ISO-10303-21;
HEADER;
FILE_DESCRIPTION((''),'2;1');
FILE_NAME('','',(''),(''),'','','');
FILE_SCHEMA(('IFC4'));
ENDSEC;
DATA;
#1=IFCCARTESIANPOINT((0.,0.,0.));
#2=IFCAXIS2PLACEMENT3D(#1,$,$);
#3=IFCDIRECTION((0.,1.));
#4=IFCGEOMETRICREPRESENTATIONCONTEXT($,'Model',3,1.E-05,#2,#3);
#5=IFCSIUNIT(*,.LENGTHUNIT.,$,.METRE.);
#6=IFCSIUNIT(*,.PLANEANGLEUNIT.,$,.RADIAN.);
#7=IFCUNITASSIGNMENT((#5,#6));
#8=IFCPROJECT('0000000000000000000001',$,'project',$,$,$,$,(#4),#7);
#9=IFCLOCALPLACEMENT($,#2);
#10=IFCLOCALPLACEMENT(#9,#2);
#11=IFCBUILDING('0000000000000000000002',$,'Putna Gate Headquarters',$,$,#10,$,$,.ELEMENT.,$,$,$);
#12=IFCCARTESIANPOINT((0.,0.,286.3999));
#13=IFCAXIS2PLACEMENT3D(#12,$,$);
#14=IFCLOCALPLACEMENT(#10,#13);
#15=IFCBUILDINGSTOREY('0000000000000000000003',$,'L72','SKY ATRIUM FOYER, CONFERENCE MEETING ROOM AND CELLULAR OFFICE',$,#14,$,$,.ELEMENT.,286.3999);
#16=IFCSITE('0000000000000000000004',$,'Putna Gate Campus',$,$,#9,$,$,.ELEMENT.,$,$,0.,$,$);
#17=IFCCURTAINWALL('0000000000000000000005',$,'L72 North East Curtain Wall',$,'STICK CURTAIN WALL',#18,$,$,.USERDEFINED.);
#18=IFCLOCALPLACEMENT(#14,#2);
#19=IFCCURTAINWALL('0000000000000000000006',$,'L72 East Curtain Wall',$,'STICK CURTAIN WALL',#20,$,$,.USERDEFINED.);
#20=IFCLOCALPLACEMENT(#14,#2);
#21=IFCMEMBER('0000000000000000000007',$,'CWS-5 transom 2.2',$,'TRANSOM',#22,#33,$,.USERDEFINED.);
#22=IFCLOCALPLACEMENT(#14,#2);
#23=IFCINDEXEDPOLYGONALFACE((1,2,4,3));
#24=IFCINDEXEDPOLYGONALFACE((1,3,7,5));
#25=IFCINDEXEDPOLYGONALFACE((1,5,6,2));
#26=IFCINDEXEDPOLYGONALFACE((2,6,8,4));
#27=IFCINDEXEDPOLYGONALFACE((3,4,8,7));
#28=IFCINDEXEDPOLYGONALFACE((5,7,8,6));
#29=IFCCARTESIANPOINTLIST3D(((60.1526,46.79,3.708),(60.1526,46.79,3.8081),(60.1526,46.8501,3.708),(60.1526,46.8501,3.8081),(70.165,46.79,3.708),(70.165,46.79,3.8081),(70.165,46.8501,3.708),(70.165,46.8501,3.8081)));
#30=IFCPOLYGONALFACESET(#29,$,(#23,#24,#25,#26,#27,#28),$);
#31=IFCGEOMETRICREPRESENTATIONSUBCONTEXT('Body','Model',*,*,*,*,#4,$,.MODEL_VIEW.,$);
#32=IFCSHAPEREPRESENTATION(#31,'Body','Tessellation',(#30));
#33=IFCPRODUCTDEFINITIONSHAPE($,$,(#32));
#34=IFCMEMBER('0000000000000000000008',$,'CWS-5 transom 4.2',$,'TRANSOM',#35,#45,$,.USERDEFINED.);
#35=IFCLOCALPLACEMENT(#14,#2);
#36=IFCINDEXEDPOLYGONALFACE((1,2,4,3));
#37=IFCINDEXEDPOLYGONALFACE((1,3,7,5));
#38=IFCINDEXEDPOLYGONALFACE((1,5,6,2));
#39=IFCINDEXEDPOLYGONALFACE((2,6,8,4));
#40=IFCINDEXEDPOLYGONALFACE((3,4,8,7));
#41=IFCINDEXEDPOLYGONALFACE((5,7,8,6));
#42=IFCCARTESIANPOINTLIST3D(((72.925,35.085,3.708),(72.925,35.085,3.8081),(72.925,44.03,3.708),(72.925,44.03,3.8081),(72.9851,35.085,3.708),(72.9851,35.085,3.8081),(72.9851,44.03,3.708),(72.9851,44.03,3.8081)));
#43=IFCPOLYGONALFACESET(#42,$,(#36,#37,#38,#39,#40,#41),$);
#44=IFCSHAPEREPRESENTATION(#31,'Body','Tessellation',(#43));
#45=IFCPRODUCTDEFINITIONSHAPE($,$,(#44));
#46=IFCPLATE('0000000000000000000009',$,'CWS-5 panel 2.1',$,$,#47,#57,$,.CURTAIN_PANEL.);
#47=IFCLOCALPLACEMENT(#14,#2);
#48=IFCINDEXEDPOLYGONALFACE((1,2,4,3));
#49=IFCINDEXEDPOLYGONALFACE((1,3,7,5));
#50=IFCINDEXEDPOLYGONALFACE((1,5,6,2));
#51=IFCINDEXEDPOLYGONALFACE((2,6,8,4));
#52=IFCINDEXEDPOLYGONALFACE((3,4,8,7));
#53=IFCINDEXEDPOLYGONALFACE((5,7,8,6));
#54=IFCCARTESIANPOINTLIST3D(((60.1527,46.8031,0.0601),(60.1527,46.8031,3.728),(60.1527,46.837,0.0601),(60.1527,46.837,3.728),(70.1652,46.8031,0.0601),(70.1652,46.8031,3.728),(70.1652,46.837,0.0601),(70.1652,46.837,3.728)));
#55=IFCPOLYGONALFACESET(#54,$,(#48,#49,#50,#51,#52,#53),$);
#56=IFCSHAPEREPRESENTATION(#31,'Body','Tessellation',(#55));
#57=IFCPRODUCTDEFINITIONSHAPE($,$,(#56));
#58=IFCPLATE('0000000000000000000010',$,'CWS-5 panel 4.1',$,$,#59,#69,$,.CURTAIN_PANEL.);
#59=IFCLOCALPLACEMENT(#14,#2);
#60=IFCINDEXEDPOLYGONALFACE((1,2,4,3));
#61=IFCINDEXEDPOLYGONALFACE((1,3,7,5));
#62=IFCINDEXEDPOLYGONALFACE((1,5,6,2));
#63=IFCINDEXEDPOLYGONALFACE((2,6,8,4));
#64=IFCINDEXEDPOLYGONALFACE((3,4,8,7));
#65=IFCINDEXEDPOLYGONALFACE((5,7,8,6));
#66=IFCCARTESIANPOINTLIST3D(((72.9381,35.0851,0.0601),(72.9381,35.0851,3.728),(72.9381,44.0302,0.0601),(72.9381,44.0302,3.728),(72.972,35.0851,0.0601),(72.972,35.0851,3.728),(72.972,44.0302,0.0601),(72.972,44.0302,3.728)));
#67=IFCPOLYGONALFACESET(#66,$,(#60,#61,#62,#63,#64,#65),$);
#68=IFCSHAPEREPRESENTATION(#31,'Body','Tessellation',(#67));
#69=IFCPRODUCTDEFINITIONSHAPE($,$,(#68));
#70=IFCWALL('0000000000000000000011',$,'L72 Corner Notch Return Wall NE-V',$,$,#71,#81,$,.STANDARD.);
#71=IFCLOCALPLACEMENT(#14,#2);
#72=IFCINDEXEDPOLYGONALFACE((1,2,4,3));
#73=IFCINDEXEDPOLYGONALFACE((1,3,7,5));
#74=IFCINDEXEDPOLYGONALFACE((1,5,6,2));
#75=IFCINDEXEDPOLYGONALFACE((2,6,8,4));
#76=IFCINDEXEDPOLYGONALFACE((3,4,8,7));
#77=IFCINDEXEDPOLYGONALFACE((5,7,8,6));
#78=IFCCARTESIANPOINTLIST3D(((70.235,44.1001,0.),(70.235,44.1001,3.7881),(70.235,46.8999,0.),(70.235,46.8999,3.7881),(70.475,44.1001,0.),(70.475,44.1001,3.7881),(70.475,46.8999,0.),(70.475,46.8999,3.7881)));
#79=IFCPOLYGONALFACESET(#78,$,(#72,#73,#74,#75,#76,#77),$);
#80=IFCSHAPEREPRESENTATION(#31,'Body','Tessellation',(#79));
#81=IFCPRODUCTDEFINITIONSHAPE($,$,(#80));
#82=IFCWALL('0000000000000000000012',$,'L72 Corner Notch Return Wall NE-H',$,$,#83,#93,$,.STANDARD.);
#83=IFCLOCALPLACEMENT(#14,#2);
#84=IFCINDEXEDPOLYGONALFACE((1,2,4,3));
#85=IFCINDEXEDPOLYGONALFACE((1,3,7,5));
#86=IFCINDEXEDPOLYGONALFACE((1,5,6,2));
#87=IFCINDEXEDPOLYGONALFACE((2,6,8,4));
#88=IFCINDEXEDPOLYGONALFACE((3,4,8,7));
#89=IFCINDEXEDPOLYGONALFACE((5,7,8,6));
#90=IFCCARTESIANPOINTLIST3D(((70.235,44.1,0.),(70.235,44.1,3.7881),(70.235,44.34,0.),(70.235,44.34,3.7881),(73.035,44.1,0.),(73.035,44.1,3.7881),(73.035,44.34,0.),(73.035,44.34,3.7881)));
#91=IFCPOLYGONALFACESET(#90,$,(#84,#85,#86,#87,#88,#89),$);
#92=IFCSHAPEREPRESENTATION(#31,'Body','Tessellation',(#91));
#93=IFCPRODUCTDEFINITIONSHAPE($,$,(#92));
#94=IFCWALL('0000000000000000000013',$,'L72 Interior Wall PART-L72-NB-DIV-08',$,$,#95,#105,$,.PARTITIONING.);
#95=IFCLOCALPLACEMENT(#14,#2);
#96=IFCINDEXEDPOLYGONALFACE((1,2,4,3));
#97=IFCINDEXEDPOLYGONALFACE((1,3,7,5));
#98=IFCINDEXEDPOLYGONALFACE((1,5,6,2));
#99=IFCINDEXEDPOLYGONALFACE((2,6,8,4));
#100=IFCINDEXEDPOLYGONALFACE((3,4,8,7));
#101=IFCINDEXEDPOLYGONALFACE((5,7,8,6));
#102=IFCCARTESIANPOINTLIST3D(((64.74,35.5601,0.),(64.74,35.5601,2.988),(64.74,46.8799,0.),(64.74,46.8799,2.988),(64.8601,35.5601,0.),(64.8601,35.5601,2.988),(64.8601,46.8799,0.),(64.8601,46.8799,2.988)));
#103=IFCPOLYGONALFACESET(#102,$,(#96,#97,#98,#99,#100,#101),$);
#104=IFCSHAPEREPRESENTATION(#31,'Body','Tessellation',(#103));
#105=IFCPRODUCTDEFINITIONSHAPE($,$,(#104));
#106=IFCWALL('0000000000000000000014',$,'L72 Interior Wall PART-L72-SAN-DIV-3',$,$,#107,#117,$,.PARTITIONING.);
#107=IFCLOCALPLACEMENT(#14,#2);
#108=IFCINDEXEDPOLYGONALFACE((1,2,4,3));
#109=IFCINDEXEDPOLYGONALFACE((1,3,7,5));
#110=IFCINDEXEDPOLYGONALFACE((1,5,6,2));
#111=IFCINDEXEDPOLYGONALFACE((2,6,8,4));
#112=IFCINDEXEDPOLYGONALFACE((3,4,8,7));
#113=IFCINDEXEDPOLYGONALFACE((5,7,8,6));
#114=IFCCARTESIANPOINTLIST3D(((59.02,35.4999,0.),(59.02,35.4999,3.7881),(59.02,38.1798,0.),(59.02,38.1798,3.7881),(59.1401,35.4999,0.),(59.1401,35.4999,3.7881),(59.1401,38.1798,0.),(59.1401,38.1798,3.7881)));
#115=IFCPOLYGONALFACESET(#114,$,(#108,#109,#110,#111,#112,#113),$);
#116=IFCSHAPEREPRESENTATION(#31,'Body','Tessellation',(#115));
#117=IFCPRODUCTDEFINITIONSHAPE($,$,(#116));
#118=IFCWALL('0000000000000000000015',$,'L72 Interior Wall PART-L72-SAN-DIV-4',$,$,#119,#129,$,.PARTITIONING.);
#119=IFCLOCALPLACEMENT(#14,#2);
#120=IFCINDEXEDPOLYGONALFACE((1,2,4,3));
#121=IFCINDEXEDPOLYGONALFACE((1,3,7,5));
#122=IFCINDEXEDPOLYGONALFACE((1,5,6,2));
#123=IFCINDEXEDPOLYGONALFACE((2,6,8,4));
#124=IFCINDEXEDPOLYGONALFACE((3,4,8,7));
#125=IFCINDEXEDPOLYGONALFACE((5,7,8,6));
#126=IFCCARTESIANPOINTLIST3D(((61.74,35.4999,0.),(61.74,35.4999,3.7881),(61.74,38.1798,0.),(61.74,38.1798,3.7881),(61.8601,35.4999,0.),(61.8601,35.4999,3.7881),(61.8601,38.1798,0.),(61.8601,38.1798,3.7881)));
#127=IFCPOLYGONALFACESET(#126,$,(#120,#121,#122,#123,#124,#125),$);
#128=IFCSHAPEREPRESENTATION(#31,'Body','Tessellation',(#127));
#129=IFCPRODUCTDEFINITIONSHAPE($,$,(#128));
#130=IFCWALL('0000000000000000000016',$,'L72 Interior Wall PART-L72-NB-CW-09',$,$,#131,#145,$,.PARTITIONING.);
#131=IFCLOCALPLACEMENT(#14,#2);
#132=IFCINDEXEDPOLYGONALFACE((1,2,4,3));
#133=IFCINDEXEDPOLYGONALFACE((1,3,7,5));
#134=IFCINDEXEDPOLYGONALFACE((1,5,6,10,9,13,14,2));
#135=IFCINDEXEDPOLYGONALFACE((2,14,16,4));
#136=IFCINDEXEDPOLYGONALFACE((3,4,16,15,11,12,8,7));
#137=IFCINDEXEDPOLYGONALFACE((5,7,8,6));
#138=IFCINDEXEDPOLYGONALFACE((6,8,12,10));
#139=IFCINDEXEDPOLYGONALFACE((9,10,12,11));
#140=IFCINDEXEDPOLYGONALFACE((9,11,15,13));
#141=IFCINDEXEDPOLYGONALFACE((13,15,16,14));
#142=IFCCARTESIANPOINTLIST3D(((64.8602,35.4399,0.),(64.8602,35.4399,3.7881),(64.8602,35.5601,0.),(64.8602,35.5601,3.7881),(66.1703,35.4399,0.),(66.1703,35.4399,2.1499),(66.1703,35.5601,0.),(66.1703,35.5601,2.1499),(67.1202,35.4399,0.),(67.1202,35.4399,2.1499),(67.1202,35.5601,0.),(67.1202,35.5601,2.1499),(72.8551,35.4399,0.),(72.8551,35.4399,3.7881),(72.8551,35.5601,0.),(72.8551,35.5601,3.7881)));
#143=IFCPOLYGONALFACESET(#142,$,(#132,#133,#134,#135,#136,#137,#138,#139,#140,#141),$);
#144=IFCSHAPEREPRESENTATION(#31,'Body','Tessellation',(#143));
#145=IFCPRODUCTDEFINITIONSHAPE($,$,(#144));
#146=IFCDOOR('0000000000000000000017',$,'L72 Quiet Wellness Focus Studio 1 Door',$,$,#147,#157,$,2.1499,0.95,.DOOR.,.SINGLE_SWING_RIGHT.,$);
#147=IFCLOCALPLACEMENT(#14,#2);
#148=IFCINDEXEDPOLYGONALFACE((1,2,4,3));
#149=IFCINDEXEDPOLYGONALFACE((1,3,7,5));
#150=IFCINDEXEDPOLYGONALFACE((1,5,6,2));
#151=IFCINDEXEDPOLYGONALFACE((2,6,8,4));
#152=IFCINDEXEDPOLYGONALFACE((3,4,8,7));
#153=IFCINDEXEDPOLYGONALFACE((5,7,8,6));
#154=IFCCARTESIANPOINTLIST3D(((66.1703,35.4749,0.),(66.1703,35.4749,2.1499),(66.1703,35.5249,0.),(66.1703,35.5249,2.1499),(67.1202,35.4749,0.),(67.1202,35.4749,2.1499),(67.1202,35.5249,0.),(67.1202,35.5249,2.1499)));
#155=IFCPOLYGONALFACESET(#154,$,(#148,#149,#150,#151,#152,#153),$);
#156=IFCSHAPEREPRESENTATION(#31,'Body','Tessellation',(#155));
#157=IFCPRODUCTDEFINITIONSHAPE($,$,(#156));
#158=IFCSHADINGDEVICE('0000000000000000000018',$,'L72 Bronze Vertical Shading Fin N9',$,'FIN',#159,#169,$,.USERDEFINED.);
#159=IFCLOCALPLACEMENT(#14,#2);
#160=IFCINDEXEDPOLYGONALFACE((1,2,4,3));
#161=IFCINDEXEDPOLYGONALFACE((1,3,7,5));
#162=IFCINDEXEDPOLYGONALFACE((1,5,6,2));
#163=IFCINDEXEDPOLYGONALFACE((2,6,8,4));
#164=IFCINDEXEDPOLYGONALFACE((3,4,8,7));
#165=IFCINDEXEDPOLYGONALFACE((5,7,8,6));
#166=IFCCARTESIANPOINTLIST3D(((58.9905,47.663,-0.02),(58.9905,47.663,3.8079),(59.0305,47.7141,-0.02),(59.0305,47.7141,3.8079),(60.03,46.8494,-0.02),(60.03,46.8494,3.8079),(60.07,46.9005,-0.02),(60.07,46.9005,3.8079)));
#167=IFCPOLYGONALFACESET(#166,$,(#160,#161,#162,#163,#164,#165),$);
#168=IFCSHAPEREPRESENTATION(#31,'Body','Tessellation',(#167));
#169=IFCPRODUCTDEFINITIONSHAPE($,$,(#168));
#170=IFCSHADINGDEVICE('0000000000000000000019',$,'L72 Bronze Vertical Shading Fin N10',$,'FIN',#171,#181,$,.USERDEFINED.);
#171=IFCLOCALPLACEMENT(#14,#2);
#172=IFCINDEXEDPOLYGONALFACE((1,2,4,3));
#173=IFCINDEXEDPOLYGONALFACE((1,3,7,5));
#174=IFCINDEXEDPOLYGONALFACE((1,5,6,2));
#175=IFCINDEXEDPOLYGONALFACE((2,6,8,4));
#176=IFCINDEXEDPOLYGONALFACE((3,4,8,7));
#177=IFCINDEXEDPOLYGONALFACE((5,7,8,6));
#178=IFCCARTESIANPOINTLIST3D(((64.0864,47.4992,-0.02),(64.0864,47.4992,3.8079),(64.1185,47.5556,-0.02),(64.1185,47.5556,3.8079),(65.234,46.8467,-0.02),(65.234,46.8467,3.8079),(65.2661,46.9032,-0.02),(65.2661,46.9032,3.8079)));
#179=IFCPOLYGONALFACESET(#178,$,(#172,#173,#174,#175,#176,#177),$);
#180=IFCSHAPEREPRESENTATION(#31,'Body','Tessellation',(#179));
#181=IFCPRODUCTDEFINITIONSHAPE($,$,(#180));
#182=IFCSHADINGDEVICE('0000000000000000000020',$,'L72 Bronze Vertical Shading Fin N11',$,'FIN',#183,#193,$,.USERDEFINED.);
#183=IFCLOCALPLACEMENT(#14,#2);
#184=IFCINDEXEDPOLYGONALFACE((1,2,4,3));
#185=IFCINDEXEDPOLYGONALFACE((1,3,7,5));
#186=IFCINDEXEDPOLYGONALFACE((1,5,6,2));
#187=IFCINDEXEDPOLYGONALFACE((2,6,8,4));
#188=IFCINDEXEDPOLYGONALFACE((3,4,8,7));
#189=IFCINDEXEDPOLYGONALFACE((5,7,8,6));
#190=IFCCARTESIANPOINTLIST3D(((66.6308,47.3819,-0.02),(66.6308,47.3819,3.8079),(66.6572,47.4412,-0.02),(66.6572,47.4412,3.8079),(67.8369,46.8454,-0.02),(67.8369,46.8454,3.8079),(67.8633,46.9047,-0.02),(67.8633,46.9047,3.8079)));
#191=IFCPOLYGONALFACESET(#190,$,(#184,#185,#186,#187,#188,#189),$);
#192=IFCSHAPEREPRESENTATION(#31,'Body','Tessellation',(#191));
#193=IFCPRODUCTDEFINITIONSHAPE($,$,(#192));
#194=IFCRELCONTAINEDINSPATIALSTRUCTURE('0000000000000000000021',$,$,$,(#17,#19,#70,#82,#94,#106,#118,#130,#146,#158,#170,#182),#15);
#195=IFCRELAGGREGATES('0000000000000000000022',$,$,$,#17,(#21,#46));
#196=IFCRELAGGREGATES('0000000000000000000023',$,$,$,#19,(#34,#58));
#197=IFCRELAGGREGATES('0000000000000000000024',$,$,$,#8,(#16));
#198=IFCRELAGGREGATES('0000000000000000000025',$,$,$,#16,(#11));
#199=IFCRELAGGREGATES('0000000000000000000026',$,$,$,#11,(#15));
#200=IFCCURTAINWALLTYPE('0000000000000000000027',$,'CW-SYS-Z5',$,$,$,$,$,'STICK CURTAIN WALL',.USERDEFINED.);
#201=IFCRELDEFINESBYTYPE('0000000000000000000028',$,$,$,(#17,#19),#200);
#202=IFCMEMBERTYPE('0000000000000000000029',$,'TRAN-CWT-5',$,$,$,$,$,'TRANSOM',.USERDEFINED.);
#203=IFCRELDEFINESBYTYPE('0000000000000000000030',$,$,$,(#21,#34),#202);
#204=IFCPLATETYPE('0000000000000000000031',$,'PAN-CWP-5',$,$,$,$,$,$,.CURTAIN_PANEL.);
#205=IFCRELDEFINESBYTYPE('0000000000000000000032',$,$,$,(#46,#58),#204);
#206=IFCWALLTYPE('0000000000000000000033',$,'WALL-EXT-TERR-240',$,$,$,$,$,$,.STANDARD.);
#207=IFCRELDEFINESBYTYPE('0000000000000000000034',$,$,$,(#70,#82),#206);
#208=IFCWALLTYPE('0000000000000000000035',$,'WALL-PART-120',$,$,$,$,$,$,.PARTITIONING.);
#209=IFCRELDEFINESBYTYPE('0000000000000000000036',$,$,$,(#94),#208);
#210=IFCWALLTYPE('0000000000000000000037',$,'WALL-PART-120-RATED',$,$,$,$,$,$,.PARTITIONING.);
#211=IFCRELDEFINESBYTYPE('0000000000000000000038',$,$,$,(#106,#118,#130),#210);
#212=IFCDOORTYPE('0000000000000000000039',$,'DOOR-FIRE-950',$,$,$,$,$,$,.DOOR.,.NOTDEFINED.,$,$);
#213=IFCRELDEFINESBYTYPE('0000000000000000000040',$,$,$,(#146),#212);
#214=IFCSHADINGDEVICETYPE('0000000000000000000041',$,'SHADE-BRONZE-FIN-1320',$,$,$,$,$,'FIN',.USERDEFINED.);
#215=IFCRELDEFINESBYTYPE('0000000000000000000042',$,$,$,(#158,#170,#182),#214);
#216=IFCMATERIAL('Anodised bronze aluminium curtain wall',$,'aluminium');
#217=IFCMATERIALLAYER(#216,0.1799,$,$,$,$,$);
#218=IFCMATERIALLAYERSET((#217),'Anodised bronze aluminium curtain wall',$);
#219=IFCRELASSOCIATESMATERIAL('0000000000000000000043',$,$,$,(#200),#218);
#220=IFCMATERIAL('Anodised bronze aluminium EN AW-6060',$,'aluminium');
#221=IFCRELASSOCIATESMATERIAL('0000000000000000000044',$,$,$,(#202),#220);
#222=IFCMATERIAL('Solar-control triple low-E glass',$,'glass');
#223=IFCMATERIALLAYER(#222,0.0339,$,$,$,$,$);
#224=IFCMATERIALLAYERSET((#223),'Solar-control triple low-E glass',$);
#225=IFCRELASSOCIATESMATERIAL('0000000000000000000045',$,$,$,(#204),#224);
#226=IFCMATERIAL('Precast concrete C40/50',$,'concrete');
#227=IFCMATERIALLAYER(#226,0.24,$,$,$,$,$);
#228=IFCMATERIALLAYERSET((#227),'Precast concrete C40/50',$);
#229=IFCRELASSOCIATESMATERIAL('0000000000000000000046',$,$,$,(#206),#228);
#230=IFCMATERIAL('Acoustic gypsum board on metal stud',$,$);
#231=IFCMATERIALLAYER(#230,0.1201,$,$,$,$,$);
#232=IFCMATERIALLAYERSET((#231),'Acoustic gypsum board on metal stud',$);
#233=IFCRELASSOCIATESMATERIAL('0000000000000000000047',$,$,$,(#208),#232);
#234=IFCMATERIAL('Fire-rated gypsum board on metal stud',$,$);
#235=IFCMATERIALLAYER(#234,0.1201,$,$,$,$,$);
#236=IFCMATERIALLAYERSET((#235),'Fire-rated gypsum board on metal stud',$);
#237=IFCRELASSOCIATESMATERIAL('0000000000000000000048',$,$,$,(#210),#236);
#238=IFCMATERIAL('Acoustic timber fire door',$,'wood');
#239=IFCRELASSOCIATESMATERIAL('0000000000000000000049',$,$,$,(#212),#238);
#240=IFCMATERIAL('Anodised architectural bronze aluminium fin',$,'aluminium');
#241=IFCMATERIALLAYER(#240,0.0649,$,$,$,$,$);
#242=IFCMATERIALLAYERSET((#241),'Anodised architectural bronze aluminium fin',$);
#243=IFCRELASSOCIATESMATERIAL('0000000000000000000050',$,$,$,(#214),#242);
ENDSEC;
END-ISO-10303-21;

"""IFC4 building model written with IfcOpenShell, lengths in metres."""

from ifc_helpers import new_model, si_unit, direction, frame, frame_2d, origin, origin_2d, place, context, subcontext, project, spatial, rectangle, extrude, material, layer, layer_set, material_profile, profile_set, type_object, element, fill, aggregate, save


model = new_model("IFC4")

# Units and contexts
model_context = context("Model", 3, precision=1e-05, world=origin(), true_north=direction((0.0, 1.0)))
body_context = subcontext(model_context, "Body", "Model", "MODEL_VIEW")
ifc_project = project(units=[si_unit("LENGTHUNIT", "METRE"), si_unit("PLANEANGLEUNIT", "RADIAN")], contexts=[model_context])

# Site, building, storey
site_placement = place(None, origin())
site = spatial("IfcSite", under=ifc_project, at=site_placement, Name="Putna Gate Campus", CompositionType="ELEMENT", RefElevation=0.0)
building_placement = place(site_placement, origin())
building = spatial("IfcBuilding", under=site, at=building_placement, Name="Putna Gate Headquarters", CompositionType="ELEMENT")
storey_placement = place(building_placement, frame((0.0, 0.0, 286.3999)))
storey = spatial("IfcBuildingStorey", under=building, at=storey_placement, Name="L72", Description="SKY ATRIUM FOYER, CONFERENCE MEETING ROOM AND CELLULAR OFFICE", CompositionType="ELEMENT", Elevation=286.3999)

# Curtain wall
ifc_material_1 = material(Name="Anodised bronze aluminium curtain wall", Category="aluminium")
ifc_layer_1 = layer(ifc_material_1, 0.1799)
ifc_layer_set_1 = layer_set([ifc_layer_1], Name="Anodised bronze aluminium curtain wall")
curtain_wall_type = type_object("IfcCurtainWallType", Name="CW-SYS-Z5", ElementType="STICK CURTAIN WALL", PredefinedType="USERDEFINED", material=ifc_layer_set_1)
curtain_wall_1_placement = place(storey_placement, origin())
curtain_wall_1 = element("IfcCurtainWall", 1, at=curtain_wall_1_placement, inside=storey, type_object=curtain_wall_type, Name="L72 North East Curtain Wall", ObjectType="STICK CURTAIN WALL", PredefinedType="USERDEFINED")
ifc_material_2 = material(Name="Anodised bronze aluminium EN AW-6060", Category="aluminium")

# Curtain wall
curtain_wall_2_placement = place(storey_placement, origin())
curtain_wall_2 = element("IfcCurtainWall", 2, at=curtain_wall_2_placement, inside=storey, type_object=curtain_wall_type, Name="L72 East Curtain Wall", ObjectType="STICK CURTAIN WALL", PredefinedType="USERDEFINED")

# Members
ifc_material_profile_1 = material_profile(ifc_material_2, rectangle(XDim=0.0601, YDim=0.1001, at=origin_2d()), Name="Anodised bronze aluminium EN AW-6060")
ifc_profile_set_1 = profile_set([ifc_material_profile_1], Name="Anodised bronze aluminium EN AW-6060")
member_type_1 = type_object("IfcMemberType", Name="TRAN-CWT-5", ElementType="TRANSOM", PredefinedType="USERDEFINED", material=ifc_profile_set_1)
member_1_placement = place(storey_placement, frame((60.1526, 46.8201, 3.7581), z_axis=(1.0, 0.0, 0.0), x_axis=(0.0, 1.0, 0.0)))
member_1 = element("IfcMember", 3, at=member_1_placement, type_object=member_type_1, Name="CWS-5 transom 2.2", ObjectType="TRANSOM", PredefinedType="USERDEFINED", context=body_context, shape_type="SweptSolid", body=[
    extrude(rectangle(XDim=0.0601, YDim=0.1001, at=origin_2d()), origin(), (0.0, 0.0, 1.0), 10.0125),
])
member_2_placement = place(storey_placement, frame((72.9551, 35.085, 3.7581), z_axis=(0.0, 1.0, 0.0), x_axis=(-1.0, 0.0, 0.0)))
member_2 = element("IfcMember", 4, at=member_2_placement, type_object=member_type_1, Name="CWS-5 transom 4.2", ObjectType="TRANSOM", PredefinedType="USERDEFINED", context=body_context, shape_type="SweptSolid", body=[
    extrude(rectangle(XDim=0.0601, YDim=0.1001, at=origin_2d()), origin(), (0.0, 0.0, 1.0), 8.9451),
])

# Plates
ifc_material_3 = material(Name="Solar-control triple low-E glass", Category="glass")
ifc_layer_2 = layer(ifc_material_3, 0.0339)
ifc_layer_set_2 = layer_set([ifc_layer_2], Name="Solar-control triple low-E glass")
plate_type = type_object("IfcPlateType", Name="PAN-CWP-5", PredefinedType="CURTAIN_PANEL", material=ifc_layer_set_2)
plate_1_placement = place(storey_placement, frame((65.1589, 46.8201, 0.0601), z_axis=(0.0, 0.0, 1.0), x_axis=(1.0, 0.0, 0.0)))
plate_1 = element("IfcPlate", 5, at=plate_1_placement, type_object=plate_type, Name="CWS-5 panel 2.1", PredefinedType="CURTAIN_PANEL", context=body_context, shape_type="SweptSolid", body=[
    extrude(rectangle(XDim=10.0125, YDim=0.0339, at=origin_2d()), origin(), (0.0, 0.0, 1.0), 3.668),
])
aggregate(curtain_wall_1, [member_1, plate_1])
plate_2_placement = place(storey_placement, frame((72.9551, 39.5576, 0.0601), z_axis=(0.0, 0.0, 1.0), x_axis=(0.0, 1.0, 0.0)))
plate_2 = element("IfcPlate", 6, at=plate_2_placement, type_object=plate_type, Name="CWS-5 panel 4.1", PredefinedType="CURTAIN_PANEL", context=body_context, shape_type="SweptSolid", body=[
    extrude(rectangle(XDim=8.9451, YDim=0.0339, at=origin_2d()), origin(), (0.0, 0.0, 1.0), 3.668),
])
aggregate(curtain_wall_2, [member_2, plate_2])

# Walls
ifc_material_4 = material(Name="Precast concrete C40/50", Category="concrete")
ifc_layer_3 = layer(ifc_material_4, 0.24)
ifc_layer_set_3 = layer_set([ifc_layer_3], Name="Precast concrete C40/50")
wall_type_1 = type_object("IfcWallType", Name="WALL-EXT-TERR-240", PredefinedType="STANDARD", material=ifc_layer_set_3)
wall_1_placement = place(storey_placement, frame((70.355, 46.8999, 0.0), z_axis=(0.0, 0.0, 1.0), x_axis=(0.0, -1.0, 0.0)))
element("IfcWall", 7, at=wall_1_placement, inside=storey, type_object=wall_type_1, Name="L72 Corner Notch Return Wall NE-V", PredefinedType="STANDARD", context=body_context, shape_type="SweptSolid", body=[
    extrude(rectangle(XDim=2.7998, YDim=0.24, at=frame_2d((1.3999, 0.0))), origin(), (0.0, 0.0, 1.0), 3.7881),
])
wall_2_placement = place(storey_placement, frame((70.2351, 44.22, 0.0), z_axis=(0.0, 0.0, 1.0), x_axis=(1.0, 0.0, 0.0)))
element("IfcWall", 8, at=wall_2_placement, inside=storey, type_object=wall_type_1, Name="L72 Corner Notch Return Wall NE-H", PredefinedType="STANDARD", context=body_context, shape_type="SweptSolid", body=[
    extrude(rectangle(XDim=2.8, YDim=0.24, at=frame_2d((1.3999, 0.0))), origin(), (0.0, 0.0, 1.0), 3.7881),
])
ifc_material_5 = material(Name="Acoustic gypsum board on metal stud")
ifc_layer_4 = layer(ifc_material_5, 0.1201)
ifc_layer_set_4 = layer_set([ifc_layer_4], Name="Acoustic gypsum board on metal stud")
wall_type_2 = type_object("IfcWallType", Name="WALL-PART-120", PredefinedType="PARTITIONING", material=ifc_layer_set_4)
wall_3_placement = place(storey_placement, frame((64.8, 35.5601, 0.0), z_axis=(0.0, 0.0, 1.0), x_axis=(0.0, 1.0, 0.0)))
element("IfcWall", 9, at=wall_3_placement, inside=storey, type_object=wall_type_2, Name="L72 Interior Wall PART-L72-NB-DIV-08", PredefinedType="PARTITIONING", context=body_context, shape_type="SweptSolid", body=[
    extrude(rectangle(XDim=11.3198, YDim=0.1201, at=frame_2d((5.6599, 0.0))), origin(), (0.0, 0.0, 1.0), 2.988),
])
ifc_material_6 = material(Name="Fire-rated gypsum board on metal stud")
ifc_layer_5 = layer(ifc_material_6, 0.1201)
ifc_layer_set_5 = layer_set([ifc_layer_5], Name="Fire-rated gypsum board on metal stud")
wall_type_3 = type_object("IfcWallType", Name="WALL-PART-120-RATED", PredefinedType="PARTITIONING", material=ifc_layer_set_5)
for number, where, z_axis, x_axis, name in (
    (10, (59.0801, 35.5, 0.0), (0.0, 0.0, 1.0), (0.0, 1.0, 0.0), "L72 Interior Wall PART-L72-SAN-DIV-3"),
    (11, (61.8, 35.5, 0.0), (0.0, 0.0, 1.0), (0.0, 1.0, 0.0), "L72 Interior Wall PART-L72-SAN-DIV-4"),
):
    element("IfcWall", number, at=place(storey_placement, frame(where, z_axis=z_axis, x_axis=x_axis)), inside=storey, type_object=wall_type_3, Name=name, PredefinedType="PARTITIONING", context=body_context, shape_type="SweptSolid", body=[
        extrude(rectangle(XDim=2.6799, YDim=0.1201, at=frame_2d((1.3398, 0.0))), origin(), (0.0, 0.0, 1.0), 3.7881),
    ])

# Wall, opening, door
wall_4_placement = place(storey_placement, frame((64.8601, 35.5, 0.0), z_axis=(0.0, 0.0, 1.0), x_axis=(1.0, 0.0, 0.0)))
wall_4 = element("IfcWall", 12, at=wall_4_placement, inside=storey, type_object=wall_type_3, Name="L72 Interior Wall PART-L72-NB-CW-09", PredefinedType="PARTITIONING", context=body_context, shape_type="SweptSolid", body=[
    extrude(rectangle(XDim=7.9949, YDim=0.1201, at=frame_2d((3.9976, 0.0))), origin(), (0.0, 0.0, 1.0), 3.7881),
])
opening_placement = place(wall_4_placement, frame((1.3101, 0.0, 0.0)))
opening = element("IfcOpeningElement", 13, at=opening_placement, cuts=wall_4, PredefinedType="OPENING", context=body_context, shape_type="SweptSolid", body=[
    extrude(rectangle(XDim=0.95, YDim=2.1499, at=frame_2d((0.4751, 1.075))), frame((0.0, 0.0701, 0.0), z_axis=(0.0, -1.0, 0.0), x_axis=(1.0, 0.0, 0.0)), (0.0, 0.0, 1.0), 0.1401),
])
ifc_material_7 = material(Name="Acoustic timber fire door", Category="wood")
door_type = type_object("IfcDoorType", Name="DOOR-FIRE-950", OperationType="NOTDEFINED", PredefinedType="DOOR", material=ifc_material_7)
door_placement = place(opening_placement, origin())
door = element("IfcDoor", 14, at=door_placement, inside=storey, type_object=door_type, Name="L72 Quiet Wellness Focus Studio 1 Door", OperationType="SINGLE_SWING_RIGHT", OverallHeight=2.1499, OverallWidth=0.95, PredefinedType="DOOR", context=body_context, shape_type="SweptSolid", body=[
    extrude(rectangle(XDim=0.95, YDim=2.1499, at=frame_2d((0.4751, 1.075))), frame((0.0, 0.0249, 0.0), z_axis=(0.0, -1.0, 0.0), x_axis=(1.0, 0.0, 0.0)), (0.0, 0.0, 1.0), 0.05),
])
fill(opening, door)

# Shading devices
ifc_material_8 = material(Name="Anodised architectural bronze aluminium fin", Category="aluminium")
ifc_layer_6 = layer(ifc_material_8, 0.0649)
ifc_layer_set_6 = layer_set([ifc_layer_6], Name="Anodised architectural bronze aluminium fin")
shading_device_type = type_object("IfcShadingDeviceType", Name="SHADE-BRONZE-FIN-1320", ElementType="FIN", PredefinedType="USERDEFINED", material=ifc_layer_set_6)
for number, where, z_axis, x_axis, name in (
    (15, (59.5303, 47.2817, -0.02), (0.0, 0.0, 1.0), (-0.787473, 0.616349, 0.0), "L72 Bronze Vertical Shading Fin N9"),
    (16, (64.6763, 47.2012, -0.02), (0.0, 0.0, 1.0), (-0.869322, 0.494245, 0.0), "L72 Bronze Vertical Shading Fin N10"),
    (17, (67.2471, 47.1433, -0.02), (0.0, 0.0, 1.0), (-0.913687, 0.406418, 0.0), "L72 Bronze Vertical Shading Fin N11"),
):
    element("IfcShadingDevice", number, at=place(storey_placement, frame(where, z_axis=z_axis, x_axis=x_axis)), inside=storey, type_object=shading_device_type, Name=name, ObjectType="FIN", PredefinedType="USERDEFINED", context=body_context, shape_type="SweptSolid", body=[
        extrude(rectangle(XDim=1.3201, YDim=0.0649, at=origin_2d()), origin(), (0.0, 0.0, 1.0), 3.8279),
    ])

save(model, "model.ifc")
